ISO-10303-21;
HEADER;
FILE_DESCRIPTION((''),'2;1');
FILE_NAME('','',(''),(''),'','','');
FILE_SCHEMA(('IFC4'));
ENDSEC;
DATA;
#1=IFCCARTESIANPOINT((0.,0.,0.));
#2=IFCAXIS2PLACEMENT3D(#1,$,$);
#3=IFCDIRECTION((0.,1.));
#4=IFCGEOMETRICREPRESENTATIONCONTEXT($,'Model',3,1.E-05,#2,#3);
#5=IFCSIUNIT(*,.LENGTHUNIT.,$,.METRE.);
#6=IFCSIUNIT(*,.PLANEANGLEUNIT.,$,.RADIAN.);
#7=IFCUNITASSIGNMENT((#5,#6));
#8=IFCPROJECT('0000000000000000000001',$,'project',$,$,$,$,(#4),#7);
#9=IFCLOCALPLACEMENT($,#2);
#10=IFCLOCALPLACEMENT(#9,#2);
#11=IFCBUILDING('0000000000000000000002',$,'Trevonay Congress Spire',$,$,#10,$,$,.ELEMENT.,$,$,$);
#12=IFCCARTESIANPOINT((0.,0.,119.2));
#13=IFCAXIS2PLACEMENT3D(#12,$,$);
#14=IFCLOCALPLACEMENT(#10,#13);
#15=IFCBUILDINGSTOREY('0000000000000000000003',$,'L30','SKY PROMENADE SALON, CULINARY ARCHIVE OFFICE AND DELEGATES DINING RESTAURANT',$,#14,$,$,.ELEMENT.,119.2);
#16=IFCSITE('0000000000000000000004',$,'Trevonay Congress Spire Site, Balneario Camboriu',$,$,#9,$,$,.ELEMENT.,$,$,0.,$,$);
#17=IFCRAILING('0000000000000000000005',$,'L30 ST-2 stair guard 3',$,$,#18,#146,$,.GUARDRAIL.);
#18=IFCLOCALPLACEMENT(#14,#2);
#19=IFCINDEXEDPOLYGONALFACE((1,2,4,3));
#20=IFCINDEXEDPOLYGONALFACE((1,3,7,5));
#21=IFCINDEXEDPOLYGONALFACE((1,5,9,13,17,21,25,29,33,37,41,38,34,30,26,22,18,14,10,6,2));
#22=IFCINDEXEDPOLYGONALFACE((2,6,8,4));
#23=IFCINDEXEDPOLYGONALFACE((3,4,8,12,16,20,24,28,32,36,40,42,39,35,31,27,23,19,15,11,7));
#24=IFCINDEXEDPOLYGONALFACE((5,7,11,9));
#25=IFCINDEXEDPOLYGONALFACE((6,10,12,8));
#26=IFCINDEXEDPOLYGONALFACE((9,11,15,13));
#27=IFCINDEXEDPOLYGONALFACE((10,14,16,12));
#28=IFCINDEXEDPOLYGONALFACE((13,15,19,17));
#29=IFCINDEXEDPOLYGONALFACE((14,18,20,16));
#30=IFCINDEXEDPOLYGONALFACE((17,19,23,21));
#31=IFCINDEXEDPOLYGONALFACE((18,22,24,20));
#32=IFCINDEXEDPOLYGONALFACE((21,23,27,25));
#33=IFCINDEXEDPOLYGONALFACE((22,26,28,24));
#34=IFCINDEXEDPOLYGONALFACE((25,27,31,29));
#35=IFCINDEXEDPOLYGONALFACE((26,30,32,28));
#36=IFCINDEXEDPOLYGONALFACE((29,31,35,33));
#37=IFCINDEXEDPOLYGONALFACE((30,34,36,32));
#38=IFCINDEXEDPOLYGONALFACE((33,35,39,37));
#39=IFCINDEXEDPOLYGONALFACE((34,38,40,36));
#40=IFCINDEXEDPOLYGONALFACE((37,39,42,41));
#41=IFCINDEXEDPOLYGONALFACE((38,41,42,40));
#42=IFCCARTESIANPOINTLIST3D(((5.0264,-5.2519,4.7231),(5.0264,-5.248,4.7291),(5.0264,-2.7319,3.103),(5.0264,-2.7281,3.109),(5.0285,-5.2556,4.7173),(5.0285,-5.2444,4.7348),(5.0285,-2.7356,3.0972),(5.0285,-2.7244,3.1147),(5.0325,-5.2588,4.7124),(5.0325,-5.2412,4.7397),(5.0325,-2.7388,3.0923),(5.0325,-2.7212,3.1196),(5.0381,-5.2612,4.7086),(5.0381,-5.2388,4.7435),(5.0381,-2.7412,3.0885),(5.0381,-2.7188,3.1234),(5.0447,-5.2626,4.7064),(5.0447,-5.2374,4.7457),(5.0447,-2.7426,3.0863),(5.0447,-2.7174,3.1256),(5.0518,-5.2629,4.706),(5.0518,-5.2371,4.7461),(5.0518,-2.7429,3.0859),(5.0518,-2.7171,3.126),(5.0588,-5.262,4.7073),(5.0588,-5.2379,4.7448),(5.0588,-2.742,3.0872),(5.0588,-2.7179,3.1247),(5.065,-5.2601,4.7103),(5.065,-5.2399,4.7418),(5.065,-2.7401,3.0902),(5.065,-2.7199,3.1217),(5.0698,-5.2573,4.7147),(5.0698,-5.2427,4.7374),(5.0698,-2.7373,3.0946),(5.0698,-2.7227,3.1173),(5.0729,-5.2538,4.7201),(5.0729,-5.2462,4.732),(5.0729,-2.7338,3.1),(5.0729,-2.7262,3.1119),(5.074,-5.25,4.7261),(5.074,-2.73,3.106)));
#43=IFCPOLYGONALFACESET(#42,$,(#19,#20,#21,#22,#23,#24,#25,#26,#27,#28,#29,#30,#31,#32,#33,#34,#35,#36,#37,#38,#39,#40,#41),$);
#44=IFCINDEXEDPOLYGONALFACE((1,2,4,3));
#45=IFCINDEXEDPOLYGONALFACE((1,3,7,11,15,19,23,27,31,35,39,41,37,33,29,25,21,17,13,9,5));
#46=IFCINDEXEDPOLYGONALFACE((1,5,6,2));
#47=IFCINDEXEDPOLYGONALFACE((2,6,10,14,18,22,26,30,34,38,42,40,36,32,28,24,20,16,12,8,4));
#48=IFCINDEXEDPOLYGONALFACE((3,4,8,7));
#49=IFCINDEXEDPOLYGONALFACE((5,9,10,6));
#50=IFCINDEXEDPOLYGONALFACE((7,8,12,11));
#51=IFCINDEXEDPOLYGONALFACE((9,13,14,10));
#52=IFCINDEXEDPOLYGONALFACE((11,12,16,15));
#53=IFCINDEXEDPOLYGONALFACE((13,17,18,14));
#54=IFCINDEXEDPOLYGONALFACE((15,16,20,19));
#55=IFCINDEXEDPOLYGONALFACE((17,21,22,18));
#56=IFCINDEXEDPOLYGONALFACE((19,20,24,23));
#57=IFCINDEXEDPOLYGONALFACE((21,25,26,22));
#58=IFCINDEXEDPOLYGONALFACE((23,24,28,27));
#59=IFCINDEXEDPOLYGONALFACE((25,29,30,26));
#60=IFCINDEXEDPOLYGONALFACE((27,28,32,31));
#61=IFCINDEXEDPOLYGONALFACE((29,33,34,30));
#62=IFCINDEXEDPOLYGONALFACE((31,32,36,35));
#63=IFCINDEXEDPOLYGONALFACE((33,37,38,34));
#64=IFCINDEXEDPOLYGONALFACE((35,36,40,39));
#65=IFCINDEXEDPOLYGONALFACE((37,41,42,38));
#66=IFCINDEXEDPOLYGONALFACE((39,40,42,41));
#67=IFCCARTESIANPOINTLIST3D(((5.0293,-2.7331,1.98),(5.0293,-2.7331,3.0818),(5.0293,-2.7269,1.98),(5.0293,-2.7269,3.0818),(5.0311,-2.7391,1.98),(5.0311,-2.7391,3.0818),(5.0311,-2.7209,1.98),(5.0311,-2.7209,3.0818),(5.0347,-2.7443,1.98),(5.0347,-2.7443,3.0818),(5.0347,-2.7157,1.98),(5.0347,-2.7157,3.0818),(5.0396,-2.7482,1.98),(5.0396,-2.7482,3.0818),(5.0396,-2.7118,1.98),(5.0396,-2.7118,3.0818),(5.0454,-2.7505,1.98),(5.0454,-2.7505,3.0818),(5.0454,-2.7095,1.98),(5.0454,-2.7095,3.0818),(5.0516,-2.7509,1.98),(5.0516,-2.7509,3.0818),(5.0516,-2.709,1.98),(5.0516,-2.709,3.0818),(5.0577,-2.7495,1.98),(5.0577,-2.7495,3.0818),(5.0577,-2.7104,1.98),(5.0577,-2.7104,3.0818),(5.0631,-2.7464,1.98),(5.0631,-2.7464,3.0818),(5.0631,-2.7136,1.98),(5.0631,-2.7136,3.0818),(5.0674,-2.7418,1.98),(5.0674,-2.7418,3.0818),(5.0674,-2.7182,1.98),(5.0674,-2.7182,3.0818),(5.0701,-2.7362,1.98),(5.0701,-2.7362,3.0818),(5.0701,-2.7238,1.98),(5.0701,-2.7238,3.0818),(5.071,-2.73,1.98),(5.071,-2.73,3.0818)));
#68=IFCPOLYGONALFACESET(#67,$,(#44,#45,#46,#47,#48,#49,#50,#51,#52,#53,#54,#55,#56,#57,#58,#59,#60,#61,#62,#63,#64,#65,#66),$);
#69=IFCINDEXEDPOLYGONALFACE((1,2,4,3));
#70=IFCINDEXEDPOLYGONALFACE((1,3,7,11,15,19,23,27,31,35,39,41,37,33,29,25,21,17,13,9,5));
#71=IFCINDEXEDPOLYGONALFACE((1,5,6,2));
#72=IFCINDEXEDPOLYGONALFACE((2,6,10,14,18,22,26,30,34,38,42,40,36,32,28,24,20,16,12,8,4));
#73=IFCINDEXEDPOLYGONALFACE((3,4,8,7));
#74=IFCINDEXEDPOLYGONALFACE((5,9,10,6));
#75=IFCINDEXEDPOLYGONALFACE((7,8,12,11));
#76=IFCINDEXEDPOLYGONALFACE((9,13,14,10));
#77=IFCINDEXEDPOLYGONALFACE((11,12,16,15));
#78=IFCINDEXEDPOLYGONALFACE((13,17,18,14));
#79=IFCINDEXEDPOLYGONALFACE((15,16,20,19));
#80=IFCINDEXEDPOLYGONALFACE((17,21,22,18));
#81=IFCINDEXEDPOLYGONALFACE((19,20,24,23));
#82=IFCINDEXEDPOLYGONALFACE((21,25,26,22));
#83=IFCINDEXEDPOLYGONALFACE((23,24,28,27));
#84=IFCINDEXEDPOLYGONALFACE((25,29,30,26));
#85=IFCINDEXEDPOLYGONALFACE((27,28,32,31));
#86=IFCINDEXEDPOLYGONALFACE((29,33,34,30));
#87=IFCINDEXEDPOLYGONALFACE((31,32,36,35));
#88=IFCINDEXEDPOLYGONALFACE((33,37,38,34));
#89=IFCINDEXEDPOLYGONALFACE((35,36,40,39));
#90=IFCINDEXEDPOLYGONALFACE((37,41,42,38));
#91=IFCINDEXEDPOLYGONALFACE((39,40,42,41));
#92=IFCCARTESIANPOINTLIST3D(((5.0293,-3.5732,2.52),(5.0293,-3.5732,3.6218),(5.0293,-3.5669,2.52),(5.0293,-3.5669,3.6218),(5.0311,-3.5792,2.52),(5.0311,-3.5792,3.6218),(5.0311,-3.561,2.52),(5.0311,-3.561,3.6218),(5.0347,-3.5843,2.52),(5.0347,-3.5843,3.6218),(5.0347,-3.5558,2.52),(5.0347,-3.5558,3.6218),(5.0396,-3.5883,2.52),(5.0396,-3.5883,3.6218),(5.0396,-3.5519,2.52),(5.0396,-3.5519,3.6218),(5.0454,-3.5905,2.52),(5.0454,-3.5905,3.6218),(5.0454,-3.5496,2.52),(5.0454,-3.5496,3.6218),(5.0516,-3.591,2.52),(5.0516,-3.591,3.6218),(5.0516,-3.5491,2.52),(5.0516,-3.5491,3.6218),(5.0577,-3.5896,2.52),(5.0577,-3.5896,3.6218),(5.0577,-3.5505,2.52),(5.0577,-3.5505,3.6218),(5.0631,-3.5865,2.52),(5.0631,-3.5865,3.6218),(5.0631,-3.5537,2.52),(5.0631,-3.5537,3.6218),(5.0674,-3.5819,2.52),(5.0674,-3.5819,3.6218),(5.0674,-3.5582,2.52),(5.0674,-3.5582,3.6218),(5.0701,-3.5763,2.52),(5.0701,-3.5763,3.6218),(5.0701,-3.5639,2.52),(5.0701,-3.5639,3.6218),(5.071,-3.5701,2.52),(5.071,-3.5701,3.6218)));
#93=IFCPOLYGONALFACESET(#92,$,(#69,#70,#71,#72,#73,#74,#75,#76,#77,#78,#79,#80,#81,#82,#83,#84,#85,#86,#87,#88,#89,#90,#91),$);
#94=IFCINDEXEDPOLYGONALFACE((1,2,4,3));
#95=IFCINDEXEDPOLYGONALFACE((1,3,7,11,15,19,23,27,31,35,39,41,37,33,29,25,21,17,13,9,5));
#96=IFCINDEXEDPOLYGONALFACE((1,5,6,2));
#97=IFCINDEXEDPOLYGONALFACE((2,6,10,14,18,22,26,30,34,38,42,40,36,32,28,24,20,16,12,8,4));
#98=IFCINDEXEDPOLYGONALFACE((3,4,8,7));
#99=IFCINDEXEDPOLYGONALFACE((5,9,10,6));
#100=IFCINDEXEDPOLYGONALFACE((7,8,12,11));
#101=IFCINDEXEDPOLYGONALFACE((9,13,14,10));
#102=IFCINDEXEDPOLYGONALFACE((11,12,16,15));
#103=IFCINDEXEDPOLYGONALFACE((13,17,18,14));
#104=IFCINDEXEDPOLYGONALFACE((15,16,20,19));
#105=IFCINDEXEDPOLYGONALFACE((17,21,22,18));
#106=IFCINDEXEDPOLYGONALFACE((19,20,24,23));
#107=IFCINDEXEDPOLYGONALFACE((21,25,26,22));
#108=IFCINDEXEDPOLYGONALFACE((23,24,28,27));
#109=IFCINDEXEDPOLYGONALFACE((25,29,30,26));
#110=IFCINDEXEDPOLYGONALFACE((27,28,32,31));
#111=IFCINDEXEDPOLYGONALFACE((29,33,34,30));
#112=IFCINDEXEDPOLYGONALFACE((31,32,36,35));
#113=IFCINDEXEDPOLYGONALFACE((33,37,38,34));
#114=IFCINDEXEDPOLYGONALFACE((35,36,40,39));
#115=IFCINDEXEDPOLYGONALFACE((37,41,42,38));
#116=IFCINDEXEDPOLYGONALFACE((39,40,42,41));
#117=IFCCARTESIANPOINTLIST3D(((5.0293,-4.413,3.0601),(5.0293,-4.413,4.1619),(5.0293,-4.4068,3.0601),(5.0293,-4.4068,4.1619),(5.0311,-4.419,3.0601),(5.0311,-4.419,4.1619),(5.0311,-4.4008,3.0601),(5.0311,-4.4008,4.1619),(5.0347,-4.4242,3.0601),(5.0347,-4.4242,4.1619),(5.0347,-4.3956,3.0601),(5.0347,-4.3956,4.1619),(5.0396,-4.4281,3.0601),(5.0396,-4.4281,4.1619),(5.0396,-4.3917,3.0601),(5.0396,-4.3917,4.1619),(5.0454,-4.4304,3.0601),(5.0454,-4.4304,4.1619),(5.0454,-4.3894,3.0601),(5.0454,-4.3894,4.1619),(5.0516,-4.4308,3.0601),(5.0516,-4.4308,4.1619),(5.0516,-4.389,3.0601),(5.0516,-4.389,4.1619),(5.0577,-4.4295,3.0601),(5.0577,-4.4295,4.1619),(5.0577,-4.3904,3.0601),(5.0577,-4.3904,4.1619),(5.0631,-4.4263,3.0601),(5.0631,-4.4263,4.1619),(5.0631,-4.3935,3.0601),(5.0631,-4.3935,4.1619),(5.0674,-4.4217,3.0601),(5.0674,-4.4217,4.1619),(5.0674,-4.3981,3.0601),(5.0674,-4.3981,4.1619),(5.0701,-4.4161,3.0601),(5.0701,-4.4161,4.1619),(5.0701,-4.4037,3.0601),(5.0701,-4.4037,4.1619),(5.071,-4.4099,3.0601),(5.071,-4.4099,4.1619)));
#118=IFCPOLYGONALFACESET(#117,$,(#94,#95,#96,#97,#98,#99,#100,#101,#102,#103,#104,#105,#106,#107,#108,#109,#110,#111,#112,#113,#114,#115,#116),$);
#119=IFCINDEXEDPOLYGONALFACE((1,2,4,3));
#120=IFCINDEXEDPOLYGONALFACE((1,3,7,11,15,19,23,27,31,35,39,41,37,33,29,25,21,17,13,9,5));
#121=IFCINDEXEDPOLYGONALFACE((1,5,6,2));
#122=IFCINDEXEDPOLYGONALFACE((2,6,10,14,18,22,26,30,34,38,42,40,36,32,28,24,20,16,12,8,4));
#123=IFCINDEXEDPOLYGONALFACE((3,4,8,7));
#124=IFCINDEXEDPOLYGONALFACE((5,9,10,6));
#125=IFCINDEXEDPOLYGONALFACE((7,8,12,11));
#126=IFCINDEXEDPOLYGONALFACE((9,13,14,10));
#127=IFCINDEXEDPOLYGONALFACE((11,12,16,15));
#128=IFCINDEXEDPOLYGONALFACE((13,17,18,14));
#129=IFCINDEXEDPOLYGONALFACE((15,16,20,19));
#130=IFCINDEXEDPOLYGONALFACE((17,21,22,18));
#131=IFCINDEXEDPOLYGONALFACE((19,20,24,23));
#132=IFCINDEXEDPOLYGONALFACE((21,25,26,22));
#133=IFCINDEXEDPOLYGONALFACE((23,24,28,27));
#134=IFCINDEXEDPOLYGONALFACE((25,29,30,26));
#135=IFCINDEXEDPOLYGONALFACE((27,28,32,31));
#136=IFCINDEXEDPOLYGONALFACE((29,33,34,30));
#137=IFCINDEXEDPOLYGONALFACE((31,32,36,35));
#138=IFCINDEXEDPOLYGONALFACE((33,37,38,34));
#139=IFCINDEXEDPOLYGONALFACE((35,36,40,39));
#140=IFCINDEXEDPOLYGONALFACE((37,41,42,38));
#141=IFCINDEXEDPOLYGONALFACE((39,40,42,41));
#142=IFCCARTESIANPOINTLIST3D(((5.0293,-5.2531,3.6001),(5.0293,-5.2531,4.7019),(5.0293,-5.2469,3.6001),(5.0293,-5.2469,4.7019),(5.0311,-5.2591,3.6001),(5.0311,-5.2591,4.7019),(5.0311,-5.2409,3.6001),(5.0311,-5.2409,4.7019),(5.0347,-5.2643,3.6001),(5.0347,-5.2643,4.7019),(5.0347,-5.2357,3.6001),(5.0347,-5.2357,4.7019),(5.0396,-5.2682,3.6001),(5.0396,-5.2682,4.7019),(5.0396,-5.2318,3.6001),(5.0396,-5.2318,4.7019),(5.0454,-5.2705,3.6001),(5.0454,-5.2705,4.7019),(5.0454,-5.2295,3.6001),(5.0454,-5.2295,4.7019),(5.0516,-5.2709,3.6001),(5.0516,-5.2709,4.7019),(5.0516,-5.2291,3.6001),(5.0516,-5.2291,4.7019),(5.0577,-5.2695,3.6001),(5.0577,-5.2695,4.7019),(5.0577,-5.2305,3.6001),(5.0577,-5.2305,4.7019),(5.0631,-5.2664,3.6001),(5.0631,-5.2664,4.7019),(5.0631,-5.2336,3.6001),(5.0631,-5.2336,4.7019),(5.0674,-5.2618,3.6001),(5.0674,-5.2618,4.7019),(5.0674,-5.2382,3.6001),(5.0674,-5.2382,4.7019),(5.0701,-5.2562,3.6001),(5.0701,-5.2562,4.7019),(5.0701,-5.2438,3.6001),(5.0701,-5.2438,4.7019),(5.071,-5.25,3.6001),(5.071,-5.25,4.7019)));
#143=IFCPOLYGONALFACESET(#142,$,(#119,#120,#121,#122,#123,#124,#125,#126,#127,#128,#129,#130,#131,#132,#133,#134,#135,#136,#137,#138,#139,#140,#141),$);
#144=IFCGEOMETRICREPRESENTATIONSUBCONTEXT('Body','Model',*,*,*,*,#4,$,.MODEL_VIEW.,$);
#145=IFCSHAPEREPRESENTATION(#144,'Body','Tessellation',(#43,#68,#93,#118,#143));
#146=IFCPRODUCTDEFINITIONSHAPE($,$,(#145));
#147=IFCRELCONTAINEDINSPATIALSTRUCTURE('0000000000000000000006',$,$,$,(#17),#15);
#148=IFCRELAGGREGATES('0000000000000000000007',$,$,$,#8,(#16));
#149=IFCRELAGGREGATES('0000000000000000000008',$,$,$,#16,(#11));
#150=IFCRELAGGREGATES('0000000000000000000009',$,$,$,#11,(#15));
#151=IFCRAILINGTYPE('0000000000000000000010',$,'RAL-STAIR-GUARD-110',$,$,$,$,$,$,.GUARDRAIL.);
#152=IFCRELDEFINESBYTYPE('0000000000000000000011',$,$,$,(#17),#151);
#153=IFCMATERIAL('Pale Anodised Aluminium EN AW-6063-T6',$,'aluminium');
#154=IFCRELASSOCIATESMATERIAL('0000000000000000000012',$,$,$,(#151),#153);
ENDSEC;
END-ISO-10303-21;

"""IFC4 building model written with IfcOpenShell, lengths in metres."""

from ifc_helpers import new_model, si_unit, direction, frame, origin, origin_2d, place, context, subcontext, project, spatial, circle, extrude, material, type_object, element, save


model = new_model("IFC4")

# Units and contexts
model_context = context("Model", 3, precision=1e-05, world=origin(), true_north=direction((0.0, 1.0)))
body_context = subcontext(model_context, "Body", "Model", "MODEL_VIEW")
ifc_project = project(units=[si_unit("LENGTHUNIT", "METRE"), si_unit("PLANEANGLEUNIT", "RADIAN")], contexts=[model_context])

# Site, building, storey
site_placement = place(None, origin())
site = spatial("IfcSite", under=ifc_project, at=site_placement, Name="Trevonay Congress Spire Site, Balneario Camboriu", CompositionType="ELEMENT", RefElevation=0.0)
building_placement = place(site_placement, origin())
building = spatial("IfcBuilding", under=site, at=building_placement, Name="Trevonay Congress Spire", CompositionType="ELEMENT")
storey_placement = place(building_placement, frame((0.0, 0.0, 119.2)))
storey = spatial("IfcBuildingStorey", under=building, at=storey_placement, Name="L30", Description="SKY PROMENADE SALON, CULINARY ARCHIVE OFFICE AND DELEGATES DINING RESTAURANT", CompositionType="ELEMENT", Elevation=119.2)

# Shared definitions
ifc_material_1 = material(Name="Pale Anodised Aluminium EN AW-6063-T6", Category="aluminium")

# Railing
railing_type_1 = type_object("IfcRailingType", Name="RAL-STAIR-GUARD-110", PredefinedType="GUARDRAIL", material=ifc_material_1)
railing_1_placement = place(storey_placement, frame((5.05, -2.73, 1.98)))
element("IfcRailing", 1, at=railing_1_placement, inside=storey, type_object=railing_type_1, Name="L30 ST-2 stair guard 3", PredefinedType="GUARDRAIL", context=body_context, shape_type="SweptSolid", body=[
    extrude(circle(Radius=0.0239, at=origin_2d()), frame((0.0, 0.0, 1.126), z_axis=(0.0, -0.841163, 0.540782), x_axis=(1.0, 0.0, 0.0)), (0.0, 0.0, 1.0), 2.9958),
    extrude(circle(Radius=0.021, at=origin_2d()), origin(), (0.0, 0.0, 1.0), 1.1018),
    extrude(circle(Radius=0.021, at=origin_2d()), frame((0.0, -0.8401, 0.54)), (0.0, 0.0, 1.0), 1.1018),
    extrude(circle(Radius=0.021, at=origin_2d()), frame((0.0, -1.6799, 1.0801)), (0.0, 0.0, 1.0), 1.1018),
    extrude(circle(Radius=0.021, at=origin_2d()), frame((0.0, -2.52, 1.6201)), (0.0, 0.0, 1.0), 1.1018),
])

save(model, "model.ifc")
